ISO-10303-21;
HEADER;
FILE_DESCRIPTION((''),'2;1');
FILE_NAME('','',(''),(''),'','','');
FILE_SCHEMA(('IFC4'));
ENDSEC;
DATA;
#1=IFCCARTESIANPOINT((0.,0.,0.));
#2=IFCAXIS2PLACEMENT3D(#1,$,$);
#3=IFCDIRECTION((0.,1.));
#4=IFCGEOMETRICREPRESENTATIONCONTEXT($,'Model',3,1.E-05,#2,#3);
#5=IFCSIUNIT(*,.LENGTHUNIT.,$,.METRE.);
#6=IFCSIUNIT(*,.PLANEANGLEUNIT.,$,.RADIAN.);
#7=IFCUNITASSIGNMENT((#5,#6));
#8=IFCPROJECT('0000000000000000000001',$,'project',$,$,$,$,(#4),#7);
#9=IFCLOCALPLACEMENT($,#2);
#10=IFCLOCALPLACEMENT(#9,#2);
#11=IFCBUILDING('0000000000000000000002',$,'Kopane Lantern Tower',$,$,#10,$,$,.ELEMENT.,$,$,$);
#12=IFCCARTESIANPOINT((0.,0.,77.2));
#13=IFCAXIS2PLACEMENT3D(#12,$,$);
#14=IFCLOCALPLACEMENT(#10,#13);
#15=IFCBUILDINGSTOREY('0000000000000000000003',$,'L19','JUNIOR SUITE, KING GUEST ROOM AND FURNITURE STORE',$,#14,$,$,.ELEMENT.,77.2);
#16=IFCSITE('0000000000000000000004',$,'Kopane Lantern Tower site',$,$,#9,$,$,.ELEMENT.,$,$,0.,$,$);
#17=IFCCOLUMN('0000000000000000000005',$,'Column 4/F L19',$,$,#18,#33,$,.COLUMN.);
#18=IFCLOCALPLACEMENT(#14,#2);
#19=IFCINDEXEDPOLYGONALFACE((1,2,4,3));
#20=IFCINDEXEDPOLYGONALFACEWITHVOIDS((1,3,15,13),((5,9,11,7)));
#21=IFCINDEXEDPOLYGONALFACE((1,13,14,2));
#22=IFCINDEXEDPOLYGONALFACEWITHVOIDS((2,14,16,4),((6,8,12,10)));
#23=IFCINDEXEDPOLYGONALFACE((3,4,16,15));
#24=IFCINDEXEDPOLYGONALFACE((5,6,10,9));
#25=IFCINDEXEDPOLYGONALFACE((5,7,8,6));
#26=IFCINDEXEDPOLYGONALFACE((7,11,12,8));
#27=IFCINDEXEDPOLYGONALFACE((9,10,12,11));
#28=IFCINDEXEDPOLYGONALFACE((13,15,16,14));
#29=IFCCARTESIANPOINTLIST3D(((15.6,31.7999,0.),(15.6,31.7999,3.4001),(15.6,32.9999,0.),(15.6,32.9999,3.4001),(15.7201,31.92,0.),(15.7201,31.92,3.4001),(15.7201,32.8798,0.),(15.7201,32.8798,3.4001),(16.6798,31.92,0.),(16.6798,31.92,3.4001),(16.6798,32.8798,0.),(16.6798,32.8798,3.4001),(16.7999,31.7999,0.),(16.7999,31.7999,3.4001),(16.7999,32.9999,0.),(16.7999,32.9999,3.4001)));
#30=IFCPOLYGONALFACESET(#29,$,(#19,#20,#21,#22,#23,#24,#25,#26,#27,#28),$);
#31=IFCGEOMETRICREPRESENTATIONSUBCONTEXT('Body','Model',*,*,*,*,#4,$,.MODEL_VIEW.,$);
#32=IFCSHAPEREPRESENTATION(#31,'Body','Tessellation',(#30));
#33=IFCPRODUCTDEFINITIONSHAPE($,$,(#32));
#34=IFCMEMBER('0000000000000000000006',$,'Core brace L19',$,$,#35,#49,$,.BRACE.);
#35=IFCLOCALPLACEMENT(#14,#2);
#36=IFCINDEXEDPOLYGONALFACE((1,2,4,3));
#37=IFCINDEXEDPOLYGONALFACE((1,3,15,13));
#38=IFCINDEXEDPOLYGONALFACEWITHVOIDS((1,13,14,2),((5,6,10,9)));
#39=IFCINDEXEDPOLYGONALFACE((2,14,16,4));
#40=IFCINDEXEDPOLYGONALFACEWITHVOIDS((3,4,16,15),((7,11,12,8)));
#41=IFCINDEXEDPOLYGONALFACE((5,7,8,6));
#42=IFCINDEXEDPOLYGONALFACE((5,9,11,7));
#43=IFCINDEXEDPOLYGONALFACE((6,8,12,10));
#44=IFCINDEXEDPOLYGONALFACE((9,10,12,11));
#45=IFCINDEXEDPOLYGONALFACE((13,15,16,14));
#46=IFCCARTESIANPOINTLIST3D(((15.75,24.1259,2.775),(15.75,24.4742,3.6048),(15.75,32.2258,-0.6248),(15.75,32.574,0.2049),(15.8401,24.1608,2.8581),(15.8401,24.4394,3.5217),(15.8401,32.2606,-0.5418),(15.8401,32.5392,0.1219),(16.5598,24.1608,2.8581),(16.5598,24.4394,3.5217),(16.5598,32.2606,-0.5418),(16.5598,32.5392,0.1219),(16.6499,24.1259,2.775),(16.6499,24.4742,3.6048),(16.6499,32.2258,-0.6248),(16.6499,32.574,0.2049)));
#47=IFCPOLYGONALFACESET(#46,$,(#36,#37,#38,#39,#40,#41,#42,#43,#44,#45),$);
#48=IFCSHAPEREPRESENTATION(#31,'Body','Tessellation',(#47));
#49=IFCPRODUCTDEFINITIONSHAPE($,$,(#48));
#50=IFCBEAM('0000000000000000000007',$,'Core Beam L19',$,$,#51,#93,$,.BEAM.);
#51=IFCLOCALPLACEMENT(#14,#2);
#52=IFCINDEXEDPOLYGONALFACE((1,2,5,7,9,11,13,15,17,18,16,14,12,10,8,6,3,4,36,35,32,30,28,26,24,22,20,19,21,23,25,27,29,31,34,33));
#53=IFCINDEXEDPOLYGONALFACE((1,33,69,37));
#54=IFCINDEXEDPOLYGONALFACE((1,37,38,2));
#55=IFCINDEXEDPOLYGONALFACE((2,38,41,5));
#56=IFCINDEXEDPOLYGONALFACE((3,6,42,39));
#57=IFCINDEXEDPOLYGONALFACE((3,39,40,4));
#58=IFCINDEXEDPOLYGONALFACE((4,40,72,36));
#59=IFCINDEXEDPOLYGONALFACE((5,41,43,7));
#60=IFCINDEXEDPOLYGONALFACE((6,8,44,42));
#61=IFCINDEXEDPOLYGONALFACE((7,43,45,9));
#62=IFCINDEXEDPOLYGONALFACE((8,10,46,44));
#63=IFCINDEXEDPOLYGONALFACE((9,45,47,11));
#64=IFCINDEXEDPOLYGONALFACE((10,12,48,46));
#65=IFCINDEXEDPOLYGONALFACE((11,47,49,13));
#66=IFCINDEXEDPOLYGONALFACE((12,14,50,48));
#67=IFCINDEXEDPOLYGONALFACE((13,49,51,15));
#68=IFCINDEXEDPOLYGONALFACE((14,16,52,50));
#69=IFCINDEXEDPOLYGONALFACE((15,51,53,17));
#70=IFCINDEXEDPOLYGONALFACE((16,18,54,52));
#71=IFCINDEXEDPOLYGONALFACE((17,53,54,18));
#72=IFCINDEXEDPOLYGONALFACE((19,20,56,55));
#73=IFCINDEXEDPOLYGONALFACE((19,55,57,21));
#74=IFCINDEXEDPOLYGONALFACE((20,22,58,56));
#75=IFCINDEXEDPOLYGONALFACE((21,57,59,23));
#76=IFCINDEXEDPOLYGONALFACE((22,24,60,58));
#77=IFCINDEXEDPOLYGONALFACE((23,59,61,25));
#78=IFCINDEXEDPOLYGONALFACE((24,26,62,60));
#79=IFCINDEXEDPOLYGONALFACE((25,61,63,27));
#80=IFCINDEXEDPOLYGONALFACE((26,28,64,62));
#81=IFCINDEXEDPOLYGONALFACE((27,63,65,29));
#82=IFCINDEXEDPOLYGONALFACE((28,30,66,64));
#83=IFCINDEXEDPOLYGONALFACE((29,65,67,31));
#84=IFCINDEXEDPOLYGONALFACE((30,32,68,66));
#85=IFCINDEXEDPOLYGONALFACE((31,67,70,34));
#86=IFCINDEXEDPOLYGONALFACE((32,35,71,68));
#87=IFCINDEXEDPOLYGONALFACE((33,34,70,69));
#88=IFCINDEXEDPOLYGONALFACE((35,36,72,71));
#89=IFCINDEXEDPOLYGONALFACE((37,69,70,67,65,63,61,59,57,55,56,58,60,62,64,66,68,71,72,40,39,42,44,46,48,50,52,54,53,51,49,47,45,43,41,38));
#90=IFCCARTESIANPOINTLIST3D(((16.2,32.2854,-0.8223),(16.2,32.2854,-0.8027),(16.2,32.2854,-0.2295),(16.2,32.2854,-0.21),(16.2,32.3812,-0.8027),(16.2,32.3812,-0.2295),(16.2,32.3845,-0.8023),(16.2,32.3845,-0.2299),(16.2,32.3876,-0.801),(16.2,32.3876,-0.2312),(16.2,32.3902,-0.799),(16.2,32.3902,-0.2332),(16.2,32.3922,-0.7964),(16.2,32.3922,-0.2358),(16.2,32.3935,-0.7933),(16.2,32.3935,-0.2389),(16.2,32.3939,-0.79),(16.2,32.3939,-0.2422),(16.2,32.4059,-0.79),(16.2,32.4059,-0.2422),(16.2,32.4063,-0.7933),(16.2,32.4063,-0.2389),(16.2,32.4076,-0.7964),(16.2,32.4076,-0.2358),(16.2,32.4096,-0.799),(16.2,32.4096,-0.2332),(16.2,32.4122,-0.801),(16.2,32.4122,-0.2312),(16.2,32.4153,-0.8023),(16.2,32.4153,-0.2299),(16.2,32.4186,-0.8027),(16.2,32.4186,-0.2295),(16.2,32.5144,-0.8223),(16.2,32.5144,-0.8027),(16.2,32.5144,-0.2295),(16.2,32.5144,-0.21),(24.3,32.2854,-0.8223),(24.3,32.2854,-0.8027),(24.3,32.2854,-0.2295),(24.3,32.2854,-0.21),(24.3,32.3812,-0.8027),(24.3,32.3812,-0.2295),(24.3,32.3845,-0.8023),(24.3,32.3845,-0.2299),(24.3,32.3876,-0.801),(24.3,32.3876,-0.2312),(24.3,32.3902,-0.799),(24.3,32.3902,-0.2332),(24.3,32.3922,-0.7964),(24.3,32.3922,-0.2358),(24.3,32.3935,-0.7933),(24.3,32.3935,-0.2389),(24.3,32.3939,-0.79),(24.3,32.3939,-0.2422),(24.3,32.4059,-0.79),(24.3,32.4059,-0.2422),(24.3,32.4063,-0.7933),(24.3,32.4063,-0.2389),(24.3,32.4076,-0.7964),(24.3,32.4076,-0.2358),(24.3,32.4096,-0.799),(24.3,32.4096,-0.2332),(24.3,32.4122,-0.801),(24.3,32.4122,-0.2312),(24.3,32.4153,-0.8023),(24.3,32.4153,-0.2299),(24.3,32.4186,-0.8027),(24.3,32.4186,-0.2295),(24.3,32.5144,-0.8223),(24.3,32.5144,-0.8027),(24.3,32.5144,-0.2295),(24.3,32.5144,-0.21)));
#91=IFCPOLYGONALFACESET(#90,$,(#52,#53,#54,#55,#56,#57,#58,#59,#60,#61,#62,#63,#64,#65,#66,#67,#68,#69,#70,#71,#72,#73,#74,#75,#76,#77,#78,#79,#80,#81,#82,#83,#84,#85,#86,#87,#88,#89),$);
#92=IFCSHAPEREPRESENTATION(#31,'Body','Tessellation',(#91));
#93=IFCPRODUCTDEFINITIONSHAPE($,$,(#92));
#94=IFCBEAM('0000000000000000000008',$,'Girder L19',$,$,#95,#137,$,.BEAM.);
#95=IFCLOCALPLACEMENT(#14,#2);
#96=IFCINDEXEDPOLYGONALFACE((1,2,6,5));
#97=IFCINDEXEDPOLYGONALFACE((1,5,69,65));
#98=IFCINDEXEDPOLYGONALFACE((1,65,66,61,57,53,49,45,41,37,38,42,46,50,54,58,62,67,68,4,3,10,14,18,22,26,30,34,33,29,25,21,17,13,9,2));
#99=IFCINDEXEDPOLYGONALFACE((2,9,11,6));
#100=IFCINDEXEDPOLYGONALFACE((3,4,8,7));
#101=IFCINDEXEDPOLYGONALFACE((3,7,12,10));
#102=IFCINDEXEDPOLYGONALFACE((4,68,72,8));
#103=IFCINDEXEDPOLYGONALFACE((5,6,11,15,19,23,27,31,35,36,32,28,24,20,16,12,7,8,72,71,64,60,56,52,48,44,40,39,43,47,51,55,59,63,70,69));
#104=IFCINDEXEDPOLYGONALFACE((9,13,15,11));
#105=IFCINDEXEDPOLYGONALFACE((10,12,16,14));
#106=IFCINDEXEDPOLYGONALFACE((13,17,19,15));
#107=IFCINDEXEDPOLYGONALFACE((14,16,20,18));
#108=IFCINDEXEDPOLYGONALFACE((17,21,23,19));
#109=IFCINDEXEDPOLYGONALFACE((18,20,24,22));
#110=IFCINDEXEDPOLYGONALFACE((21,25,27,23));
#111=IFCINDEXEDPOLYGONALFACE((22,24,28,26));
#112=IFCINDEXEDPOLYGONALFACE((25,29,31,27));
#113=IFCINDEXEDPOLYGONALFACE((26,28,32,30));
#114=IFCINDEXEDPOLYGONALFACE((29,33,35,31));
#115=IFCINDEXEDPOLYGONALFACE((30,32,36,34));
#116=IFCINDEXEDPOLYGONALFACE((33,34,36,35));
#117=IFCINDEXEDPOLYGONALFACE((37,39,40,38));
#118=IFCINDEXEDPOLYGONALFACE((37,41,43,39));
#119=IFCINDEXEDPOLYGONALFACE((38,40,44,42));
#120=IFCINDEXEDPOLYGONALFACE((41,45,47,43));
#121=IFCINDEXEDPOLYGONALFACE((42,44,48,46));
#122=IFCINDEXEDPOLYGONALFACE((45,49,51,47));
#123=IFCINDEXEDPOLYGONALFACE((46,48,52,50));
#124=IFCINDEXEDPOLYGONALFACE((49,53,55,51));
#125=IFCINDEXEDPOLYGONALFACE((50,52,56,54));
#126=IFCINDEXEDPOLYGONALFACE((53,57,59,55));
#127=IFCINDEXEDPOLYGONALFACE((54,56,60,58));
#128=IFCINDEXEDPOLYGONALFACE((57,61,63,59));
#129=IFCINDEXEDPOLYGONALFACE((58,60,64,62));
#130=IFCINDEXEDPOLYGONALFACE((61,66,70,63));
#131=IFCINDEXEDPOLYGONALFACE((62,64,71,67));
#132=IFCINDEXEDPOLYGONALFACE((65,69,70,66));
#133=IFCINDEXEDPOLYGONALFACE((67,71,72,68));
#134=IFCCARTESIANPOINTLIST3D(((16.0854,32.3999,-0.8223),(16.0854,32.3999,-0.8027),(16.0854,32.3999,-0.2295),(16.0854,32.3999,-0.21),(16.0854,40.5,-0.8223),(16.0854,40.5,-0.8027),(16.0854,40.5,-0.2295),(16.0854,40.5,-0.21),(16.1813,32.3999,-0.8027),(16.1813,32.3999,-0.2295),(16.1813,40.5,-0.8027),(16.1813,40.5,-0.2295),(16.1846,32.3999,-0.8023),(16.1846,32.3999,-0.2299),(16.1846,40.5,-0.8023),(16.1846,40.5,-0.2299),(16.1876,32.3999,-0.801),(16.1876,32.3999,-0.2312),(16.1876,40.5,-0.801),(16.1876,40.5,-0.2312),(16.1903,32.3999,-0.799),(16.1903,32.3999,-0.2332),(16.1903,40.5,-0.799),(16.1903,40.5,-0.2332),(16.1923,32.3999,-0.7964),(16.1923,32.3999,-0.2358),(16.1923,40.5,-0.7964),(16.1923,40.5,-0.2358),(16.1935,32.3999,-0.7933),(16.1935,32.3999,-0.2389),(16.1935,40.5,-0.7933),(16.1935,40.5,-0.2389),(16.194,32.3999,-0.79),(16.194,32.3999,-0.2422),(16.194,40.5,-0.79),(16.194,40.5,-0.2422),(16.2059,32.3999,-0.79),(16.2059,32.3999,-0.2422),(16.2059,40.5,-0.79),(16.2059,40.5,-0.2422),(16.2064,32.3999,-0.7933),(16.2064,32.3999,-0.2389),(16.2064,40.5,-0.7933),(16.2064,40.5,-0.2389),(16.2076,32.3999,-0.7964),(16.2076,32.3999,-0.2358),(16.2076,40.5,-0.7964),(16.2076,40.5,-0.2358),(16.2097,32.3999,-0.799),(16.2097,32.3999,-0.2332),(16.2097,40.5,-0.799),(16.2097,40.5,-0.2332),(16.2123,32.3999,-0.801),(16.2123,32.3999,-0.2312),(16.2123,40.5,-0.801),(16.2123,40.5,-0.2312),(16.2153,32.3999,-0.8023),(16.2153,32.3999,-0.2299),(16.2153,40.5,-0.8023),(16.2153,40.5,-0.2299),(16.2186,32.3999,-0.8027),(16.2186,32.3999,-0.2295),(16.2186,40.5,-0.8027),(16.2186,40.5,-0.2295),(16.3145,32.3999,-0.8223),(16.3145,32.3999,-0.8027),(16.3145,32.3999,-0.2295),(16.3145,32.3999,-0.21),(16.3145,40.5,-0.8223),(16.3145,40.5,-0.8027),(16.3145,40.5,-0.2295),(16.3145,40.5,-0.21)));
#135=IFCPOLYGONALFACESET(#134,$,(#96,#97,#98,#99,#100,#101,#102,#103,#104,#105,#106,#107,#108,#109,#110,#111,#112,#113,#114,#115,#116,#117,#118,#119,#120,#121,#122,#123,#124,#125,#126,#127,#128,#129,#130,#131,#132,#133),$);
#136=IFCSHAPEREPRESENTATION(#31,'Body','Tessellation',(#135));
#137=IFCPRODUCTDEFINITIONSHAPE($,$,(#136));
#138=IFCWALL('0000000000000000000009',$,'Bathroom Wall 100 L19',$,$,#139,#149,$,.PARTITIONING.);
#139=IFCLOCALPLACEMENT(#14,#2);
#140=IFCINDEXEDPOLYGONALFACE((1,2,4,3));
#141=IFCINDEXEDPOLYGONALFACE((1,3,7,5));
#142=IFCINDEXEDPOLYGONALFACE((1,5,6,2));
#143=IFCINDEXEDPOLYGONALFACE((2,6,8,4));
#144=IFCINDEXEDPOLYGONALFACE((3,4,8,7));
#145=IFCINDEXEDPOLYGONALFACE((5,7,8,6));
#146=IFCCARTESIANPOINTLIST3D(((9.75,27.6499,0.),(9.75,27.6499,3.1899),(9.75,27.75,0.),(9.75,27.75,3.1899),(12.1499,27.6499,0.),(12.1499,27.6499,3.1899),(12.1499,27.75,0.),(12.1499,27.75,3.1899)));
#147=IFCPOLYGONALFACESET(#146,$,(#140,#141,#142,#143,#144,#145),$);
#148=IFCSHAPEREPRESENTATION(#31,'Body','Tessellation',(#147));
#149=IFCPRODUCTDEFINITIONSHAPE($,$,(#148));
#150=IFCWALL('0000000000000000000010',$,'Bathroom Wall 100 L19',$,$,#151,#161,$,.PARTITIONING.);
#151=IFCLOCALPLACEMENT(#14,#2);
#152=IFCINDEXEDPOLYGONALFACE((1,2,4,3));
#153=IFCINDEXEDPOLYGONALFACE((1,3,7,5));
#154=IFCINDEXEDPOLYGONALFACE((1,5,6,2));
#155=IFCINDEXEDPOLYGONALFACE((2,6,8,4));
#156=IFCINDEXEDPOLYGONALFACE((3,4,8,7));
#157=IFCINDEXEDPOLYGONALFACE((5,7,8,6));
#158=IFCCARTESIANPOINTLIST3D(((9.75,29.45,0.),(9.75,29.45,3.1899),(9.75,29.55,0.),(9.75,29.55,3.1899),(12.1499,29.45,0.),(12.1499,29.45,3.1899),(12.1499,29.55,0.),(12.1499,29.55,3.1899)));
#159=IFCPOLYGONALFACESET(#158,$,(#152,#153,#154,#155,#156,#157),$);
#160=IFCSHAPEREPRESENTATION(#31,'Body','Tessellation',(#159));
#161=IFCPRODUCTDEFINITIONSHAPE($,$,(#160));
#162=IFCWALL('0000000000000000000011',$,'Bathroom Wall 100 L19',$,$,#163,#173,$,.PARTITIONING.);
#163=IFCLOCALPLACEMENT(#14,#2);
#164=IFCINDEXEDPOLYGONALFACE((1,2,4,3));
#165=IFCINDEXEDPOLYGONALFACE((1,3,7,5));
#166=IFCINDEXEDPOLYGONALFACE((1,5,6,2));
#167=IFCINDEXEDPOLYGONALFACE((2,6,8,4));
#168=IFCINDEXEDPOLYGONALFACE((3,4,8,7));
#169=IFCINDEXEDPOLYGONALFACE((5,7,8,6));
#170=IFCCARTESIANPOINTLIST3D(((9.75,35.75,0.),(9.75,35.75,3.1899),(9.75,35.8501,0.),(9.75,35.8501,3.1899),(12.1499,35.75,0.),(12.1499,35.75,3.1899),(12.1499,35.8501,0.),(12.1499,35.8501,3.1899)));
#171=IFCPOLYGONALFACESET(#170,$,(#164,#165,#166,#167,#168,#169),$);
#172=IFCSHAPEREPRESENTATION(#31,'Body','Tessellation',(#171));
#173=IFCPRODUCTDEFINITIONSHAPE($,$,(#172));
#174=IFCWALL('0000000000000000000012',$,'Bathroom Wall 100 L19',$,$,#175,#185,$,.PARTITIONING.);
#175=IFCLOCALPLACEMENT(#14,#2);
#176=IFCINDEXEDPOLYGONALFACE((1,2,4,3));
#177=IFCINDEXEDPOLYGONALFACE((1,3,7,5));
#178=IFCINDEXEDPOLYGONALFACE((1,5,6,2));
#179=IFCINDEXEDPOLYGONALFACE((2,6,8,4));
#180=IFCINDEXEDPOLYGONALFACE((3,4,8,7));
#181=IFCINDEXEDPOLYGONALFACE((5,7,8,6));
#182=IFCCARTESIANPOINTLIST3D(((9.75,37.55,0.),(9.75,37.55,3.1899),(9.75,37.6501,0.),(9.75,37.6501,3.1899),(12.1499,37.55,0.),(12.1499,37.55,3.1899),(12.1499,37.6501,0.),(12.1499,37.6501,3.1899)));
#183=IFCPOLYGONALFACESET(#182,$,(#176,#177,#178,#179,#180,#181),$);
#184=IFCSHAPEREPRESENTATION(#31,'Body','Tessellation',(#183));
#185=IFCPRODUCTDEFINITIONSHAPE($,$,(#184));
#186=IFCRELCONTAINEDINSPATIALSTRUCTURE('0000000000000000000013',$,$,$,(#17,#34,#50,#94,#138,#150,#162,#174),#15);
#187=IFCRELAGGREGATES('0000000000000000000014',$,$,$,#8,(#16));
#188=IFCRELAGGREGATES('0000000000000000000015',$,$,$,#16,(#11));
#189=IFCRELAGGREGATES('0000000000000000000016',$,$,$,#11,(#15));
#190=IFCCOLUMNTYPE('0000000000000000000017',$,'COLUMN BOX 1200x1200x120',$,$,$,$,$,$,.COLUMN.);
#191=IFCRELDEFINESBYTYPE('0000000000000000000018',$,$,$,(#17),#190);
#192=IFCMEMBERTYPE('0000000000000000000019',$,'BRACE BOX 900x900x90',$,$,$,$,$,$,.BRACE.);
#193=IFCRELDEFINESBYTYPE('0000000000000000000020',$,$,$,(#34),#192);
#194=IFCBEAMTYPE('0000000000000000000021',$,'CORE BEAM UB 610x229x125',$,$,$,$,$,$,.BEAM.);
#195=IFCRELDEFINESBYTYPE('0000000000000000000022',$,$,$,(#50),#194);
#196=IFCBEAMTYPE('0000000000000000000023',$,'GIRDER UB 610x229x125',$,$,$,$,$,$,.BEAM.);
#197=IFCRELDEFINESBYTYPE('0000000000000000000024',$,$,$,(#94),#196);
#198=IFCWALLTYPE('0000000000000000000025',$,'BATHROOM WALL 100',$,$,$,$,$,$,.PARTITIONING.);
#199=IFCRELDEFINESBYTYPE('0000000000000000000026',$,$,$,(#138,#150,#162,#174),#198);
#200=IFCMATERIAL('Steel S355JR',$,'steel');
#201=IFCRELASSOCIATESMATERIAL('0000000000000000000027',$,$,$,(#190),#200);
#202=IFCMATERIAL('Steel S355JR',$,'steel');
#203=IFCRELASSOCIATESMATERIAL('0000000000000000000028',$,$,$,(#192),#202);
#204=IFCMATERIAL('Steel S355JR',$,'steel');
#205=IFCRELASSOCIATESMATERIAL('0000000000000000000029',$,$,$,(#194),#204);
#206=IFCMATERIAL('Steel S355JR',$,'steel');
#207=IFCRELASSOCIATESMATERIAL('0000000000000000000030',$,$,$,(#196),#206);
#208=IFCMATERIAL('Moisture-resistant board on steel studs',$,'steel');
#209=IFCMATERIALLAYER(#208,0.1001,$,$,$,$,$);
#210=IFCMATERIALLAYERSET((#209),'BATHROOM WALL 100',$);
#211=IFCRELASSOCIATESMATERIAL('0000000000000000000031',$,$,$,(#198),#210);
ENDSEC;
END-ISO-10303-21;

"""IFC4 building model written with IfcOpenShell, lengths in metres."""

from ifc_helpers import new_model, si_unit, direction, frame, frame_2d, origin, origin_2d, place, context, subcontext, project, spatial, rectangle, hollow_rectangle, i_section, extrude, material, layer, layer_set, material_profile, profile_set, type_object, element, save


model = new_model("IFC4")

# Units and contexts
model_context = context("Model", 3, precision=1e-05, world=origin(), true_north=direction((0.0, 1.0)))
body_context = subcontext(model_context, "Body", "Model", "MODEL_VIEW")
ifc_project = project(units=[si_unit("LENGTHUNIT", "METRE"), si_unit("PLANEANGLEUNIT", "RADIAN")], contexts=[model_context])

# Site, building, storey
site_placement = place(None, origin())
site = spatial("IfcSite", under=ifc_project, at=site_placement, Name="Kopane Lantern Tower site", CompositionType="ELEMENT", RefElevation=0.0)
building_placement = place(site_placement, origin())
building = spatial("IfcBuilding", under=site, at=building_placement, Name="Kopane Lantern Tower", CompositionType="ELEMENT")
storey_placement = place(building_placement, frame((0.0, 0.0, 77.2)))
storey = spatial("IfcBuildingStorey", under=building, at=storey_placement, Name="L19", Description="JUNIOR SUITE, KING GUEST ROOM AND FURNITURE STORE", CompositionType="ELEMENT", Elevation=77.2)

# Column
ifc_material_1 = material(Name="Steel S355JR", Category="steel")
ifc_material_profile_1 = material_profile(ifc_material_1, hollow_rectangle(XDim=1.2, YDim=1.2, WallThickness=0.1201, at=origin_2d()), Name="BOX 1200x1200x120")
ifc_profile_set_1 = profile_set([ifc_material_profile_1], Name="Steel S355JR")
column_type = type_object("IfcColumnType", Name="COLUMN BOX 1200x1200x120", PredefinedType="COLUMN", material=ifc_profile_set_1)
column_placement = place(storey_placement, frame((16.2, 32.3999, 0.0), z_axis=(0.0, 0.0, 1.0), x_axis=(1.0, 0.0, 0.0)))
element("IfcColumn", 1, at=column_placement, inside=storey, type_object=column_type, Name="Column 4/F L19", PredefinedType="COLUMN", context=body_context, shape_type="SweptSolid", body=[
    extrude(hollow_rectangle(XDim=1.2, YDim=1.2, WallThickness=0.1201, at=origin_2d()), origin(), (0.0, 0.0, 1.0), 3.4001),
])

# Member
ifc_material_2 = material(Name="Steel S355JR", Category="steel")
ifc_material_profile_2 = material_profile(ifc_material_2, hollow_rectangle(XDim=0.8999, YDim=0.8999, WallThickness=0.0901, at=origin_2d()), Name="BOX 900x900x90")
ifc_profile_set_2 = profile_set([ifc_material_profile_2], Name="Steel S355JR")
member_type = type_object("IfcMemberType", Name="BRACE BOX 900x900x90", PredefinedType="BRACE", material=ifc_profile_set_2)
member_placement = place(storey_placement, frame((16.2, 32.3999, -0.21), z_axis=(0.0, -0.922065, 0.387035), x_axis=(1.0, 0.0, 0.0)))
element("IfcMember", 2, at=member_placement, inside=storey, type_object=member_type, Name="Core brace L19", PredefinedType="BRACE", context=body_context, shape_type="SweptSolid", body=[
    extrude(hollow_rectangle(XDim=0.8999, YDim=0.8999, WallThickness=0.0901, at=origin_2d()), origin(), (0.0, 0.0, 1.0), 8.7844),
])

# Beams
ifc_material_3 = material(Name="Steel S355JR", Category="steel")
ifc_material_profile_3 = material_profile(ifc_material_3, i_section(OverallWidth=0.229, OverallDepth=0.6123, WebThickness=0.012, FlangeThickness=0.0195, FilletRadius=0.0127, at=origin_2d()), Name="UB 610x229x125")
ifc_profile_set_3 = profile_set([ifc_material_profile_3], Name="Steel S355JR")
beam_type_1 = type_object("IfcBeamType", Name="CORE BEAM UB 610x229x125", PredefinedType="BEAM", material=ifc_profile_set_3)
beam_1_placement = place(storey_placement, frame((16.2, 32.3999, -0.5161), z_axis=(1.0, 0.0, 0.0), x_axis=(0.0, 1.0, 0.0)))
element("IfcBeam", 3, at=beam_1_placement, inside=storey, type_object=beam_type_1, Name="Core Beam L19", PredefinedType="BEAM", context=body_context, shape_type="SweptSolid", body=[
    extrude(i_section(OverallWidth=0.229, OverallDepth=0.6123, WebThickness=0.012, FlangeThickness=0.0195, FilletRadius=0.0127, at=origin_2d()), origin(), (0.0, 0.0, 1.0), 8.1001),
])
ifc_material_4 = material(Name="Steel S355JR", Category="steel")
ifc_material_profile_4 = material_profile(ifc_material_4, i_section(OverallWidth=0.229, OverallDepth=0.6123, WebThickness=0.012, FlangeThickness=0.0195, FilletRadius=0.0127, at=origin_2d()), Name="UB 610x229x125")
ifc_profile_set_4 = profile_set([ifc_material_profile_4], Name="Steel S355JR")
beam_type_2 = type_object("IfcBeamType", Name="GIRDER UB 610x229x125", PredefinedType="BEAM", material=ifc_profile_set_4)
beam_2_placement = place(storey_placement, frame((16.2, 32.3999, -0.5161), z_axis=(0.0, 1.0, 0.0), x_axis=(-1.0, 0.0, 0.0)))
element("IfcBeam", 4, at=beam_2_placement, inside=storey, type_object=beam_type_2, Name="Girder L19", PredefinedType="BEAM", context=body_context, shape_type="SweptSolid", body=[
    extrude(i_section(OverallWidth=0.229, OverallDepth=0.6123, WebThickness=0.012, FlangeThickness=0.0195, FilletRadius=0.0127, at=origin_2d()), origin(), (0.0, 0.0, 1.0), 8.1001),
])

# Walls
ifc_material_5 = material(Name="Moisture-resistant board on steel studs", Category="steel")
ifc_layer_1 = layer(ifc_material_5, 0.1001)
ifc_layer_set_1 = layer_set([ifc_layer_1], Name="BATHROOM WALL 100")
wall_type_1 = type_object("IfcWallType", Name="BATHROOM WALL 100", PredefinedType="PARTITIONING", material=ifc_layer_set_1)
for number, where, z_axis, x_axis, name in (
    (5, (12.1499, 27.7, 0.0), (0.0, 0.0, 1.0), (-1.0, 0.0, 0.0), "Bathroom Wall 100 L19"),
    (6, (12.1499, 29.5, 0.0), (0.0, 0.0, 1.0), (-1.0, 0.0, 0.0), "Bathroom Wall 100 L19"),
    (7, (12.1499, 35.8, 0.0), (0.0, 0.0, 1.0), (-1.0, 0.0, 0.0), "Bathroom Wall 100 L19"),
    (8, (12.1499, 37.6001, 0.0), (0.0, 0.0, 1.0), (-1.0, 0.0, 0.0), "Bathroom Wall 100 L19"),
):
    element("IfcWall", number, at=place(storey_placement, frame(where, z_axis=z_axis, x_axis=x_axis)), inside=storey, type_object=wall_type_1, Name=name, PredefinedType="PARTITIONING", context=body_context, shape_type="SweptSolid", body=[
        extrude(rectangle(XDim=2.3999, YDim=0.1001, at=frame_2d((1.2, 0.0))), origin(), (0.0, 0.0, 1.0), 3.1899),
    ])

save(model, "model.ifc")
